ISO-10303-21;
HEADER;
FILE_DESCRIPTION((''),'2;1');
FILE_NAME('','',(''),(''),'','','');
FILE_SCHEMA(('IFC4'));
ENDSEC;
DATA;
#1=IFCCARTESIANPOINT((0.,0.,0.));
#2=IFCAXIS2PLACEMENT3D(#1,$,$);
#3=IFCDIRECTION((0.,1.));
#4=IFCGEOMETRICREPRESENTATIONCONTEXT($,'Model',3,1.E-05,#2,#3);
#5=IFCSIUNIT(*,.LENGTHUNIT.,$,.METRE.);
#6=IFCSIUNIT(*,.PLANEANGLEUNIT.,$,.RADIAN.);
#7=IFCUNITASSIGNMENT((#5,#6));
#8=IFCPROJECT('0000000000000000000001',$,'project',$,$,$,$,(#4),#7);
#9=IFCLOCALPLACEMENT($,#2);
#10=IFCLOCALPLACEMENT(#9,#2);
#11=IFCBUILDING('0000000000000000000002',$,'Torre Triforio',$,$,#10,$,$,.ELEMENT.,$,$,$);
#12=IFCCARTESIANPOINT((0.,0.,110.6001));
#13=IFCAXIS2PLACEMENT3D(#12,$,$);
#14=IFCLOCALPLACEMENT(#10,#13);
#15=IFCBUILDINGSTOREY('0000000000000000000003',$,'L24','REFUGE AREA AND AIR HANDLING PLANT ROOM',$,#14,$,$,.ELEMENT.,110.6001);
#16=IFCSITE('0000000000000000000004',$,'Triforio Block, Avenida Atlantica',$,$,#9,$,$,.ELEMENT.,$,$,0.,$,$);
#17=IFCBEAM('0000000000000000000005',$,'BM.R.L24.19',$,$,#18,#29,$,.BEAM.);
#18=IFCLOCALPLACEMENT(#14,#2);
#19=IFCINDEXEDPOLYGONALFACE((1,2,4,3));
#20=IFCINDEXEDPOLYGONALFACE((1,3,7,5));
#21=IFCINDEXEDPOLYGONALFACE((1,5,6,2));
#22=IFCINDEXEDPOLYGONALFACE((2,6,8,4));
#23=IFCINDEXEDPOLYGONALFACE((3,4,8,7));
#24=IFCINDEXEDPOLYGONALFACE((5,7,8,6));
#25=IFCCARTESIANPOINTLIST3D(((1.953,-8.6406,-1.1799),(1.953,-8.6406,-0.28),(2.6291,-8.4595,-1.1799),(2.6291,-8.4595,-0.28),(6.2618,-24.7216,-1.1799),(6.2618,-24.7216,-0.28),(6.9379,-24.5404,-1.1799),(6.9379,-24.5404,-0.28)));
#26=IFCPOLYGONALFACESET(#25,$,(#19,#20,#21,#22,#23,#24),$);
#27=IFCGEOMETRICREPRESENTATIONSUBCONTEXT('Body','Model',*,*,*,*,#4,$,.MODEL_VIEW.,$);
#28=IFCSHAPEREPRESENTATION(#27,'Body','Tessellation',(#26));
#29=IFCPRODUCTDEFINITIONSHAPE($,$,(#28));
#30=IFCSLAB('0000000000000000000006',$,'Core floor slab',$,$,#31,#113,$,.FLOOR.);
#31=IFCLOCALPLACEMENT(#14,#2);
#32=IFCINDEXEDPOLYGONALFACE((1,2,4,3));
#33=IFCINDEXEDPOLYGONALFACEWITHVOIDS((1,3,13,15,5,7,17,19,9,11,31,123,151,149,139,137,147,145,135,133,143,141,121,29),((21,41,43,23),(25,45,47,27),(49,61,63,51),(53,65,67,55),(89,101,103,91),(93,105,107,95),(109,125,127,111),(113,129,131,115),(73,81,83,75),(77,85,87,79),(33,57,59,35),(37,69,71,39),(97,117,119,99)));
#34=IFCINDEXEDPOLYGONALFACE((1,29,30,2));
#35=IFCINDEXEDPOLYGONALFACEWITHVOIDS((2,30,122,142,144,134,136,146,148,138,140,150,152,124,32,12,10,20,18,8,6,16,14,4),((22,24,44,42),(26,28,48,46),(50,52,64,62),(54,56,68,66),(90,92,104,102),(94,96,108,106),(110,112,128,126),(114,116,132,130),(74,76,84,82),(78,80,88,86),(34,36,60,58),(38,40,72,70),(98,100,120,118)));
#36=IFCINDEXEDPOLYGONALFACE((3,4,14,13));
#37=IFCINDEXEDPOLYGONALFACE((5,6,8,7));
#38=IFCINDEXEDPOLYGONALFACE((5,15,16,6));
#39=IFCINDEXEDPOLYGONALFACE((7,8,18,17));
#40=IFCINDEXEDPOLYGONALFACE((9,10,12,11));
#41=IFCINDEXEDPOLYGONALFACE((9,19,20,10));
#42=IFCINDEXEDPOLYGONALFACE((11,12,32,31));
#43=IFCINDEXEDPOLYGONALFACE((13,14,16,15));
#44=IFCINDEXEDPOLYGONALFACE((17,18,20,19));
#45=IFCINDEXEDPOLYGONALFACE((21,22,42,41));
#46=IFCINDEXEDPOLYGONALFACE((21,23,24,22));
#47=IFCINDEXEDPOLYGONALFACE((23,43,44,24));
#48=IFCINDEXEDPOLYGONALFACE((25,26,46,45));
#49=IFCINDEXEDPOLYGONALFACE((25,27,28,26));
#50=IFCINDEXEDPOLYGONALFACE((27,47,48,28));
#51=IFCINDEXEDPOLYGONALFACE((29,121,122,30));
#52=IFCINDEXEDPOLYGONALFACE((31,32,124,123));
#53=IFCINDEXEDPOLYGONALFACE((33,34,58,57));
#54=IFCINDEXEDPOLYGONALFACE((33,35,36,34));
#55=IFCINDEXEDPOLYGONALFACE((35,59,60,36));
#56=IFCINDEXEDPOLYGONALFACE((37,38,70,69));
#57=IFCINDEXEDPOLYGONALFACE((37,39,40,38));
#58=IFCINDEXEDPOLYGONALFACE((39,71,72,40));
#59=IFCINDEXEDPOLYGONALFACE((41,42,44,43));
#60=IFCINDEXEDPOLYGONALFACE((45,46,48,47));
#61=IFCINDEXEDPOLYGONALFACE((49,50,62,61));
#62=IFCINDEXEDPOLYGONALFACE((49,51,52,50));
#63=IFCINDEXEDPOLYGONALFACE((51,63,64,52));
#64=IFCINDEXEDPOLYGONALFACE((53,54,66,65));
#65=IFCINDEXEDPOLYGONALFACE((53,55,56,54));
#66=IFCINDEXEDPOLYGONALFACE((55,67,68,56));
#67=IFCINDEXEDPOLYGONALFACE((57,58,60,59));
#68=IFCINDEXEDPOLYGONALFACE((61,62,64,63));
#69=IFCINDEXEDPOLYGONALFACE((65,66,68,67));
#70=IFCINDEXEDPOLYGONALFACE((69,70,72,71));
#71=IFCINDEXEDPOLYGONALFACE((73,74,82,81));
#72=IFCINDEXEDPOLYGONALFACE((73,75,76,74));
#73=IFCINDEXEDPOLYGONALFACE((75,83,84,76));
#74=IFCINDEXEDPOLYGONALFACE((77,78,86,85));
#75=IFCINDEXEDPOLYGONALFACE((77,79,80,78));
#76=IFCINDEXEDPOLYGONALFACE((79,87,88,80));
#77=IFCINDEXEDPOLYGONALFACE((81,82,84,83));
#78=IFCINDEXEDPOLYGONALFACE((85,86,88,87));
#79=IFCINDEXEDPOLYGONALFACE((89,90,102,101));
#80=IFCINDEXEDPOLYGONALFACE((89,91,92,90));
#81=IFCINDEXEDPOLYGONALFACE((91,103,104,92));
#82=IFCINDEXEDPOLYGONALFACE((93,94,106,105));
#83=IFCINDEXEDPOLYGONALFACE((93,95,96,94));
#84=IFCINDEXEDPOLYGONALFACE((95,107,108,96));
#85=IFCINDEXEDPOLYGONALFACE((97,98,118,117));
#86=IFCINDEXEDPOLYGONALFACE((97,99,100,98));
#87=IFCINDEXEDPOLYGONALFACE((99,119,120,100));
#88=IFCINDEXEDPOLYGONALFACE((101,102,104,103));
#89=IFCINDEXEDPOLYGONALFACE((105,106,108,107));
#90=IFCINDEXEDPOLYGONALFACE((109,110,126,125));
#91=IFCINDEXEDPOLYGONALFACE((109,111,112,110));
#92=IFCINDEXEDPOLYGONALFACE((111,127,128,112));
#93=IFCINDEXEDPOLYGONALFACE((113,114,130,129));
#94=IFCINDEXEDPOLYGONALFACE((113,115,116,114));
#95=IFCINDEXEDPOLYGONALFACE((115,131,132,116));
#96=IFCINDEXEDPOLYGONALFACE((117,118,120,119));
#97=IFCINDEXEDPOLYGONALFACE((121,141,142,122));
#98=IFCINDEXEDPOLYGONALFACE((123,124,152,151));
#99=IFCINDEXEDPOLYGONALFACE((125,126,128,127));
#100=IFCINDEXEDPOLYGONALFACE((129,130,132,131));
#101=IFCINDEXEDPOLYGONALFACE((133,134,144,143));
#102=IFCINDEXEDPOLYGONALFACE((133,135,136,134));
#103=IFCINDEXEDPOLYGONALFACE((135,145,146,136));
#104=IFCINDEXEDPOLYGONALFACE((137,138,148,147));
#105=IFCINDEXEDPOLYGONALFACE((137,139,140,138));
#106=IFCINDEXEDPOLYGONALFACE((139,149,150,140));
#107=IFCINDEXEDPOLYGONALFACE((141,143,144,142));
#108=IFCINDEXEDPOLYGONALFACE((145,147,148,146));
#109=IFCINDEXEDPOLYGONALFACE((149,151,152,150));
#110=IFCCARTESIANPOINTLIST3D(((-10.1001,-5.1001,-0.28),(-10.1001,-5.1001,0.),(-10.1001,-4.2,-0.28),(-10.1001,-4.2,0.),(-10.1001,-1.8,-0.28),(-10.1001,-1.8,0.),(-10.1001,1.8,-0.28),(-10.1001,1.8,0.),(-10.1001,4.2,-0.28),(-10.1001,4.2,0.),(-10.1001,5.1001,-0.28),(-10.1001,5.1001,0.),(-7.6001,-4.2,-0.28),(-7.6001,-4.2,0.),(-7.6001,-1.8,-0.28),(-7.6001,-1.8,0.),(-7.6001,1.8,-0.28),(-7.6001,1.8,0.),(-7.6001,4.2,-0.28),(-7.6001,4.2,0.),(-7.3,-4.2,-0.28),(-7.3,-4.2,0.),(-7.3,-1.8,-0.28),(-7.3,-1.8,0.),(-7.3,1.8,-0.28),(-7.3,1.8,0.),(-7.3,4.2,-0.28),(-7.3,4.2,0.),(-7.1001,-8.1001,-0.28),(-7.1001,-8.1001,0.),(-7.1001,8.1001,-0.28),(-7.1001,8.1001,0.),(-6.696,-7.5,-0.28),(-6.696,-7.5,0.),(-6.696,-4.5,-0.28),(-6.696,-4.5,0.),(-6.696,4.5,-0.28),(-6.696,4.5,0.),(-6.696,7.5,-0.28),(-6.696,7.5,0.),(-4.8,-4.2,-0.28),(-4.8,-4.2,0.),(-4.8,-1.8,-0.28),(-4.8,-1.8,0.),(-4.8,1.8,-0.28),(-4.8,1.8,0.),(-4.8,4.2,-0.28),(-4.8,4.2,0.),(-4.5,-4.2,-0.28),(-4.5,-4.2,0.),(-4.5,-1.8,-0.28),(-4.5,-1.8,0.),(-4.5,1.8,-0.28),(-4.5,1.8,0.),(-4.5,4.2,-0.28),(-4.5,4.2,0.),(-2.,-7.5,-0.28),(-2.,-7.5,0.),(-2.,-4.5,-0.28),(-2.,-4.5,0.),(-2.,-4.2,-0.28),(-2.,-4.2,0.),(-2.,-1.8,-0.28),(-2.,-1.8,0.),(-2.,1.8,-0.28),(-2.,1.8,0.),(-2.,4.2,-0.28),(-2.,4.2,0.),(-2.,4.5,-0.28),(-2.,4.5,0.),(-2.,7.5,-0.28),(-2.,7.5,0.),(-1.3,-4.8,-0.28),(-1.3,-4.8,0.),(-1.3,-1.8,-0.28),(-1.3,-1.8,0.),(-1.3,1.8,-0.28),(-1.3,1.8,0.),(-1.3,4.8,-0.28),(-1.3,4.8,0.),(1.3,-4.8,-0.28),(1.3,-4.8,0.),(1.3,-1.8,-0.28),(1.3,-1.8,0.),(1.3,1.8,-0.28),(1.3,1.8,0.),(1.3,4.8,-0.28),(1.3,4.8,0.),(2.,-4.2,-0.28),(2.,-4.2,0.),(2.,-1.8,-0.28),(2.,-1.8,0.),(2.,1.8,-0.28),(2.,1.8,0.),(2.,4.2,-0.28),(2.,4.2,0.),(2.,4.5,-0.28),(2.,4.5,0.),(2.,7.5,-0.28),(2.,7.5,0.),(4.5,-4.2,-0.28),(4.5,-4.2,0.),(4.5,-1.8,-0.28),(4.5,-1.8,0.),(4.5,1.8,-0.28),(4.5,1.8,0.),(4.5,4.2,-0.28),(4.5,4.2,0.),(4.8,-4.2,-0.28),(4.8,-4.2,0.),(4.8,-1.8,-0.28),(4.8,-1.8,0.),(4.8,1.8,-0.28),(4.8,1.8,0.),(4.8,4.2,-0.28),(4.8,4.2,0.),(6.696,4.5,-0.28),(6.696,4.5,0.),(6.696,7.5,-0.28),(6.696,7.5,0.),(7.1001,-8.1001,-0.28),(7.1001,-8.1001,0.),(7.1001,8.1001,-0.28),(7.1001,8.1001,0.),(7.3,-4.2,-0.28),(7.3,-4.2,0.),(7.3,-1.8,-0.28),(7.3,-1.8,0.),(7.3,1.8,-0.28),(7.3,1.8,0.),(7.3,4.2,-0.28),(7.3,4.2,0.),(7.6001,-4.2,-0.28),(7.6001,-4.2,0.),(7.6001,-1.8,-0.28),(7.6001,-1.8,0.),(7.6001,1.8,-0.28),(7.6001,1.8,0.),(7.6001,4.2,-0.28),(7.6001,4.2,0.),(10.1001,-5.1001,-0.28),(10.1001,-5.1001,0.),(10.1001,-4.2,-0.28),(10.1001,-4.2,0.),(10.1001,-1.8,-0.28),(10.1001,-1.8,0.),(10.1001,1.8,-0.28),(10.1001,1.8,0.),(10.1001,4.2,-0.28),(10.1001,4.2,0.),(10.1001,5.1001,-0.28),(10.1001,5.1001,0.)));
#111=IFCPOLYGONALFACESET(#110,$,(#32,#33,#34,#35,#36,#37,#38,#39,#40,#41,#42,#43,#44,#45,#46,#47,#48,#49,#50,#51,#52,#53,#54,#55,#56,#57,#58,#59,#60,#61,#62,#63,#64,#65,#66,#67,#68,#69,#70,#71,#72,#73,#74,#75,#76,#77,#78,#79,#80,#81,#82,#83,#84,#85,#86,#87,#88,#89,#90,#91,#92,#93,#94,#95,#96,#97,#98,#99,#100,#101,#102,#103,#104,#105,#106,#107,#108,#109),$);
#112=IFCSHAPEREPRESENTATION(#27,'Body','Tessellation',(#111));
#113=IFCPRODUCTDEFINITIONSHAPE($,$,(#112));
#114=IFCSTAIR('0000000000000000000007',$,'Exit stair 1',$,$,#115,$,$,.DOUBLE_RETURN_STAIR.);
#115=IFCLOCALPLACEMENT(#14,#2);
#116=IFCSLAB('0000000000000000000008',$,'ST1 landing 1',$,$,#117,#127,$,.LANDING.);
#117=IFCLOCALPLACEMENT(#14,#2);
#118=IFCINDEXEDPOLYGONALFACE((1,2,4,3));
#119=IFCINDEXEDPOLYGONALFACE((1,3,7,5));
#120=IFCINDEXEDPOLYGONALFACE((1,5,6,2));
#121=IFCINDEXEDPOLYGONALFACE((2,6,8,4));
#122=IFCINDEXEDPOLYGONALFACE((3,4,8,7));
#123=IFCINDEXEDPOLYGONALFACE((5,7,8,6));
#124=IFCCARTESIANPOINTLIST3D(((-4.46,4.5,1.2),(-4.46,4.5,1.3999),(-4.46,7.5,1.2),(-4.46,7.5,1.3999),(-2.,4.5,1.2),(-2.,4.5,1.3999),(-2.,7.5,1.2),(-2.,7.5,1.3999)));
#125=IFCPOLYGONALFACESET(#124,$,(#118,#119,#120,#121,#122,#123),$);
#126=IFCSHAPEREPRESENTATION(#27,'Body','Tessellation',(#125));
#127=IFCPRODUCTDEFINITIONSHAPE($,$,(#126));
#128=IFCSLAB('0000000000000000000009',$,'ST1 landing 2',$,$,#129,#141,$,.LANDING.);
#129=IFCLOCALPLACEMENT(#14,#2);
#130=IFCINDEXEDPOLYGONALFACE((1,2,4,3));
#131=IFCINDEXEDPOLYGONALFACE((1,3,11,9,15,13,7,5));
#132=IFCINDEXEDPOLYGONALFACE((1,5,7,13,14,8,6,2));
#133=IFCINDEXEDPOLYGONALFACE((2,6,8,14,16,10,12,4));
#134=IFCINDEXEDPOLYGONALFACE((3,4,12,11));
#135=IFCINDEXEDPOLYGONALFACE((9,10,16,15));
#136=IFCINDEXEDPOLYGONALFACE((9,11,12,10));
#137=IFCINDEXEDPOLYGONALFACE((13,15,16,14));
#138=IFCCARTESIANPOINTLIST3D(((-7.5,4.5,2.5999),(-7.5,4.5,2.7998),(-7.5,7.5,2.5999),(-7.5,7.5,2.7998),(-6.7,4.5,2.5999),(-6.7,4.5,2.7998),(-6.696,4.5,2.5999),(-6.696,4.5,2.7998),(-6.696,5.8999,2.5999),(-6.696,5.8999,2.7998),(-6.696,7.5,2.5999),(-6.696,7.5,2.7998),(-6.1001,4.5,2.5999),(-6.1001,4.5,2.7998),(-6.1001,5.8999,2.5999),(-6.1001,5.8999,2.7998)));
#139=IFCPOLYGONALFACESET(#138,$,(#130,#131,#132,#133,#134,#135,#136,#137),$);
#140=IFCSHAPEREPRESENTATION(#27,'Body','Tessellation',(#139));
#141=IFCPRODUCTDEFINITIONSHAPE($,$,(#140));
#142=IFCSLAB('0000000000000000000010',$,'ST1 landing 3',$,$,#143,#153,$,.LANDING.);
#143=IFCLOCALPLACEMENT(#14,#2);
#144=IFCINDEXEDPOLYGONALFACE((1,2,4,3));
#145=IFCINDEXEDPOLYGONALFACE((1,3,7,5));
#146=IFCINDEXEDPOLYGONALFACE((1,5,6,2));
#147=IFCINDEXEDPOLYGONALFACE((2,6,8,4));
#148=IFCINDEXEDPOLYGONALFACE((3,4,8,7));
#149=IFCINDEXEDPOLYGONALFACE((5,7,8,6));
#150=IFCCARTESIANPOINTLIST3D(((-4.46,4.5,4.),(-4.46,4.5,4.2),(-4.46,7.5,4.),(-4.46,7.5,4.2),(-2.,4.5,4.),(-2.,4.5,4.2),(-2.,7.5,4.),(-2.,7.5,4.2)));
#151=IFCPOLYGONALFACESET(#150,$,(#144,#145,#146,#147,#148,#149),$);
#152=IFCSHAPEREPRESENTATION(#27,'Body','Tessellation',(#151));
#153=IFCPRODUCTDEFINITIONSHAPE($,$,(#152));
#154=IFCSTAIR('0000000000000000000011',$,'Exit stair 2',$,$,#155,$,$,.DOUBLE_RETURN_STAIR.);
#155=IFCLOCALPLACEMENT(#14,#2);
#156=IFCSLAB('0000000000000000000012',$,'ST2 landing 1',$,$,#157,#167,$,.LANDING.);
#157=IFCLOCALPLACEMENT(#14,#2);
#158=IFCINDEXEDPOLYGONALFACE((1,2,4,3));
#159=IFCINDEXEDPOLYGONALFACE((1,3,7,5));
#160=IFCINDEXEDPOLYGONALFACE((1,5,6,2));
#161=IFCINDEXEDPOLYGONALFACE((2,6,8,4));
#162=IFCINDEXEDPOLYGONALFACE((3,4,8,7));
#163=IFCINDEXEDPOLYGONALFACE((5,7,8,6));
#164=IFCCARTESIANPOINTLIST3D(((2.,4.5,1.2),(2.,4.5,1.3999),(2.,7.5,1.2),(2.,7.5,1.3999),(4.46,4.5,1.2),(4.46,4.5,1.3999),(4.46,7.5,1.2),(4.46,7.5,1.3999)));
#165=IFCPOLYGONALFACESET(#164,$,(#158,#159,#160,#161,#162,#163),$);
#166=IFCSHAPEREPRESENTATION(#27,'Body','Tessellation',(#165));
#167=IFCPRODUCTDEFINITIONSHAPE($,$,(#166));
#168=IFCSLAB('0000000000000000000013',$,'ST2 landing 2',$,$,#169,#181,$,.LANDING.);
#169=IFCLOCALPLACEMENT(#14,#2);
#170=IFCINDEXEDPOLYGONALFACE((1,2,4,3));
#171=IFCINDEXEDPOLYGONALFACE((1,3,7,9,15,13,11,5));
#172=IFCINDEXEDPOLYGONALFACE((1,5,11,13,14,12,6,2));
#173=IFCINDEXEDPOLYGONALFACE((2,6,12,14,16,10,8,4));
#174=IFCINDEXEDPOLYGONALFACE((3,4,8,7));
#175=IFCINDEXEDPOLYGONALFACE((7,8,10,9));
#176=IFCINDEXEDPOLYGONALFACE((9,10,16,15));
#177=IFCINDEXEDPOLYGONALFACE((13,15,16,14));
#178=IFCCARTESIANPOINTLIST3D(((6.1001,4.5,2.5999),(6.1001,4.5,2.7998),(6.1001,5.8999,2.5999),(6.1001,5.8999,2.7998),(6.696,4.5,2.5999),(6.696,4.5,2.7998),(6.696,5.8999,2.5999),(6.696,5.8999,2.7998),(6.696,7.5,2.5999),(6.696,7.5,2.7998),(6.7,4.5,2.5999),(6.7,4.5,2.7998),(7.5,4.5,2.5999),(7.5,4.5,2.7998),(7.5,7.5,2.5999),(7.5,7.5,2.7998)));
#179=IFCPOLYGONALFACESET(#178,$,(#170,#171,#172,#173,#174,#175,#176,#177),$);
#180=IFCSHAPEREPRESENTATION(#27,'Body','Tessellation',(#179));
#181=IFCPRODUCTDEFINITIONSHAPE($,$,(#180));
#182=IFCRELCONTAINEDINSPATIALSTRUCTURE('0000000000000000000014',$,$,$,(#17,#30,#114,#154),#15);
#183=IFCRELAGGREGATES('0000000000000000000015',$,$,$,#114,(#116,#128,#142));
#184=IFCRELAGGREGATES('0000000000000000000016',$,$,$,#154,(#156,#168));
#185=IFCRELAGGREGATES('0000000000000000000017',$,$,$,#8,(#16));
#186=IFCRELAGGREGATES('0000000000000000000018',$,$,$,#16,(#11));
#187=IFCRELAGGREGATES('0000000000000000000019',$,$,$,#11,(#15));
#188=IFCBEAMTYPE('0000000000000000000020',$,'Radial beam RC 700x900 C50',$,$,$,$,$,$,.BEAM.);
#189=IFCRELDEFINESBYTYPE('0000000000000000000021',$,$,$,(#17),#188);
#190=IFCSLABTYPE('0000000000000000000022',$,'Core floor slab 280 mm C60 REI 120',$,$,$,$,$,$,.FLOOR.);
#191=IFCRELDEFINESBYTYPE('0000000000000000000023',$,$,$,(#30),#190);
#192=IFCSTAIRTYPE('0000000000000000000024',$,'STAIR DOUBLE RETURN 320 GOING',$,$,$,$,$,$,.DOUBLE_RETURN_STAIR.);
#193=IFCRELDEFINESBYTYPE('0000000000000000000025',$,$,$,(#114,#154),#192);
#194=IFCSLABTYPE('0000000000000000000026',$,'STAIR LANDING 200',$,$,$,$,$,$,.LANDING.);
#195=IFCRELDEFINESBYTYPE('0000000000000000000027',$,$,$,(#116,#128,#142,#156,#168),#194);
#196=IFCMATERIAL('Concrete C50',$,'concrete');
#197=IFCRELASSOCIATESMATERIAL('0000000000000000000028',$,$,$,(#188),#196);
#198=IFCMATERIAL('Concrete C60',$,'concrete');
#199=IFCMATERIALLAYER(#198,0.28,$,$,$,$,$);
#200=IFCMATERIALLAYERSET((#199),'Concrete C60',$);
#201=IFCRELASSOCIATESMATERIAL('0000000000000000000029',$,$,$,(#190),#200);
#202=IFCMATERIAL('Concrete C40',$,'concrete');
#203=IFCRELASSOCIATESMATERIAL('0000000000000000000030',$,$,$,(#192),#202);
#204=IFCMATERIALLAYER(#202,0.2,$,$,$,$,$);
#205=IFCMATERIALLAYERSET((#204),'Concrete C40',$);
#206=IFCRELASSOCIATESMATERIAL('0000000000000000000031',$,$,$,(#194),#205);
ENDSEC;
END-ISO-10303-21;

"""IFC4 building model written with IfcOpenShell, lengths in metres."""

from ifc_helpers import new_model, si_unit, direction, frame, origin, origin_2d, place, context, subcontext, project, spatial, polyline, rectangle, outline, extrude, material, layer, layer_set, material_profile, profile_set, type_object, element, aggregate, save


model = new_model("IFC4")

# Units and contexts
model_context = context("Model", 3, precision=1e-05, world=origin(), true_north=direction((0.0, 1.0)))
body_context = subcontext(model_context, "Body", "Model", "MODEL_VIEW")
ifc_project = project(units=[si_unit("LENGTHUNIT", "METRE"), si_unit("PLANEANGLEUNIT", "RADIAN")], contexts=[model_context])

# Site, building, storey
site_placement = place(None, origin())
site = spatial("IfcSite", under=ifc_project, at=site_placement, Name="Triforio Block, Avenida Atlantica", CompositionType="ELEMENT", RefElevation=0.0)
building_placement = place(site_placement, origin())
building = spatial("IfcBuilding", under=site, at=building_placement, Name="Torre Triforio", CompositionType="ELEMENT")
storey_placement = place(building_placement, frame((0.0, 0.0, 110.6001)))
storey = spatial("IfcBuildingStorey", under=building, at=storey_placement, Name="L24", Description="REFUGE AREA AND AIR HANDLING PLANT ROOM", CompositionType="ELEMENT", Elevation=110.6001)

# Beam
ifc_material_1 = material(Name="Concrete C50", Category="concrete")
ifc_material_profile = material_profile(ifc_material_1, rectangle(XDim=0.7, YDim=0.8999, at=origin_2d()), Name="RC 700x900")
ifc_profile_set = profile_set([ifc_material_profile], Name="Concrete C50")
beam_type = type_object("IfcBeamType", Name="Radial beam RC 700x900 C50", PredefinedType="BEAM", material=ifc_profile_set)
beam_placement = place(storey_placement, frame((2.291, -8.55, -0.73), z_axis=(0.258815, -0.965927, 0.0), x_axis=(0.965927, 0.258815, 0.0)))
element("IfcBeam", 1, at=beam_placement, inside=storey, type_object=beam_type, Name="BM.R.L24.19", PredefinedType="BEAM", context=body_context, shape_type="SweptSolid", body=[
    extrude(rectangle(XDim=0.7, YDim=0.8999, at=origin_2d()), origin(), (0.0, 0.0, 1.0), 16.6482),
])

# Slab
ifc_material_2 = material(Name="Concrete C60", Category="concrete")
ifc_layer_1 = layer(ifc_material_2, 0.28)
ifc_layer_set_1 = layer_set([ifc_layer_1], Name="Concrete C60")
slab_type_1 = type_object("IfcSlabType", Name="Core floor slab 280 mm C60 REI 120", PredefinedType="FLOOR", material=ifc_layer_set_1)
slab_1_placement = place(storey_placement, frame((0.0, 0.0, -0.28)))
element("IfcSlab", 2, at=slab_1_placement, inside=storey, type_object=slab_type_1, Name="Core floor slab", PredefinedType="FLOOR", context=body_context, shape_type="SweptSolid", body=[
    extrude(outline(polyline([(10.1001, -5.1001), (7.1001, -8.1001), (-7.1001, -8.1001), (-10.1001, -5.1001), (-10.1001, -4.2), (-7.6001, -4.2), (-7.6001, -1.8), (-10.1001, -1.8), (-10.1001, 1.8), (-7.6001, 1.8), (-7.6001, 4.2), (-10.1001, 4.2), (-10.1001, 5.1001), (-7.1001, 8.1001), (7.1001, 8.1001), (10.1001, 5.1001), (10.1001, 4.2), (7.6001, 4.2), (7.6001, 1.8), (10.1001, 1.8), (10.1001, -1.8), (7.6001, -1.8), (7.6001, -4.2), (10.1001, -4.2), (10.1001, -5.1001)]), holes=[polyline([(-2.0, -4.5), (-6.696, -4.5), (-6.696, -7.5), (-2.0, -7.5), (-2.0, -4.5)]), polyline([(-4.8, -1.8), (-7.3, -1.8), (-7.3, -4.2), (-4.8, -4.2), (-4.8, -1.8)]), polyline([(-2.0, -1.8), (-4.5, -1.8), (-4.5, -4.2), (-2.0, -4.2), (-2.0, -1.8)]), polyline([(-4.8, 4.2), (-7.3, 4.2), (-7.3, 1.8), (-4.8, 1.8), (-4.8, 4.2)]), polyline([(-2.0, 4.2), (-4.5, 4.2), (-4.5, 1.8), (-2.0, 1.8), (-2.0, 4.2)]), polyline([(1.3, 4.8), (-1.3, 4.8), (-1.3, 1.8), (1.3, 1.8), (1.3, 4.8)]), polyline([(-2.0, 7.5), (-6.696, 7.5), (-6.696, 4.5), (-2.0, 4.5), (-2.0, 7.5)]), polyline([(1.3, -1.8), (-1.3, -1.8), (-1.3, -4.8), (1.3, -4.8), (1.3, -1.8)]), polyline([(4.5, -1.8), (2.0, -1.8), (2.0, -4.2), (4.5, -4.2), (4.5, -1.8)]), polyline([(7.3, -1.8), (4.8, -1.8), (4.8, -4.2), (7.3, -4.2), (7.3, -1.8)]), polyline([(4.5, 4.2), (2.0, 4.2), (2.0, 1.8), (4.5, 1.8), (4.5, 4.2)]), polyline([(7.3, 4.2), (4.8, 4.2), (4.8, 1.8), (7.3, 1.8), (7.3, 4.2)]), polyline([(6.696, 4.5), (6.696, 7.5), (2.0, 7.5), (2.0, 4.5), (6.696, 4.5)])]), origin(), (0.0, 0.0, 1.0), 0.28),
])

# Stairs, slabs
ifc_material_3 = material(Name="Concrete C40", Category="concrete")
stair_type = type_object("IfcStairType", Name="STAIR DOUBLE RETURN 320 GOING", PredefinedType="DOUBLE_RETURN_STAIR", material=ifc_material_3)
stair_1_placement = place(storey_placement, origin())
stair_1 = element("IfcStair", 3, at=stair_1_placement, inside=storey, type_object=stair_type, Name="Exit stair 1", PredefinedType="DOUBLE_RETURN_STAIR")
ifc_layer_2 = layer(ifc_material_3, 0.2)
ifc_layer_set_2 = layer_set([ifc_layer_2], Name="Concrete C40")
slab_type_2 = type_object("IfcSlabType", Name="STAIR LANDING 200", PredefinedType="LANDING", material=ifc_layer_set_2)
slab_2_placement = place(storey_placement, frame((0.0, 0.0, 1.2)))
slab_2 = element("IfcSlab", 4, at=slab_2_placement, type_object=slab_type_2, Name="ST1 landing 1", PredefinedType="LANDING", context=body_context, shape_type="SweptSolid", body=[
    extrude(outline(polyline([(-2.0, 4.5), (-2.0, 7.5), (-4.46, 7.5), (-4.46, 4.5), (-2.0, 4.5)])), origin(), (0.0, 0.0, 1.0), 0.2),
])
slab_3_placement = place(storey_placement, frame((0.0, 0.0, 2.5999)))
slab_3 = element("IfcSlab", 5, at=slab_3_placement, type_object=slab_type_2, Name="ST1 landing 2", PredefinedType="LANDING", context=body_context, shape_type="SweptSolid", body=[
    extrude(outline(polyline([(-6.1001, 5.8999), (-6.1001, 4.5), (-6.696, 4.5), (-6.7, 4.5), (-7.5, 4.5), (-7.5, 7.5), (-6.696, 7.5), (-6.696, 5.8999), (-6.1001, 5.8999)])), origin(), (0.0, 0.0, 1.0), 0.2),
])
slab_4_placement = place(storey_placement, frame((0.0, 0.0, 4.0)))
slab_4 = element("IfcSlab", 6, at=slab_4_placement, type_object=slab_type_2, Name="ST1 landing 3", PredefinedType="LANDING", context=body_context, shape_type="SweptSolid", body=[
    extrude(outline(polyline([(-2.0, 4.5), (-2.0, 7.5), (-4.46, 7.5), (-4.46, 4.5), (-2.0, 4.5)])), origin(), (0.0, 0.0, 1.0), 0.2),
])
aggregate(stair_1, [slab_2, slab_3, slab_4])
stair_2_placement = place(storey_placement, origin())
stair_2 = element("IfcStair", 7, at=stair_2_placement, inside=storey, type_object=stair_type, Name="Exit stair 2", PredefinedType="DOUBLE_RETURN_STAIR")
slab_5_placement = place(storey_placement, frame((0.0, 0.0, 1.2)))
slab_5 = element("IfcSlab", 8, at=slab_5_placement, type_object=slab_type_2, Name="ST2 landing 1", PredefinedType="LANDING", context=body_context, shape_type="SweptSolid", body=[
    extrude(outline(polyline([(4.46, 4.5), (4.46, 7.5), (2.0, 7.5), (2.0, 4.5), (4.46, 4.5)])), origin(), (0.0, 0.0, 1.0), 0.2),
])
slab_6_placement = place(storey_placement, frame((0.0, 0.0, 2.5999)))
slab_6 = element("IfcSlab", 9, at=slab_6_placement, type_object=slab_type_2, Name="ST2 landing 2", PredefinedType="LANDING", context=body_context, shape_type="SweptSolid", body=[
    extrude(outline(polyline([(6.1001, 4.5), (6.1001, 5.8999), (6.696, 5.8999), (6.696, 7.5), (7.5, 7.5), (7.5, 4.5), (6.7, 4.5), (6.696, 4.5), (6.1001, 4.5)])), origin(), (0.0, 0.0, 1.0), 0.2),
])
aggregate(stair_2, [slab_5, slab_6])

save(model, "model.ifc")
